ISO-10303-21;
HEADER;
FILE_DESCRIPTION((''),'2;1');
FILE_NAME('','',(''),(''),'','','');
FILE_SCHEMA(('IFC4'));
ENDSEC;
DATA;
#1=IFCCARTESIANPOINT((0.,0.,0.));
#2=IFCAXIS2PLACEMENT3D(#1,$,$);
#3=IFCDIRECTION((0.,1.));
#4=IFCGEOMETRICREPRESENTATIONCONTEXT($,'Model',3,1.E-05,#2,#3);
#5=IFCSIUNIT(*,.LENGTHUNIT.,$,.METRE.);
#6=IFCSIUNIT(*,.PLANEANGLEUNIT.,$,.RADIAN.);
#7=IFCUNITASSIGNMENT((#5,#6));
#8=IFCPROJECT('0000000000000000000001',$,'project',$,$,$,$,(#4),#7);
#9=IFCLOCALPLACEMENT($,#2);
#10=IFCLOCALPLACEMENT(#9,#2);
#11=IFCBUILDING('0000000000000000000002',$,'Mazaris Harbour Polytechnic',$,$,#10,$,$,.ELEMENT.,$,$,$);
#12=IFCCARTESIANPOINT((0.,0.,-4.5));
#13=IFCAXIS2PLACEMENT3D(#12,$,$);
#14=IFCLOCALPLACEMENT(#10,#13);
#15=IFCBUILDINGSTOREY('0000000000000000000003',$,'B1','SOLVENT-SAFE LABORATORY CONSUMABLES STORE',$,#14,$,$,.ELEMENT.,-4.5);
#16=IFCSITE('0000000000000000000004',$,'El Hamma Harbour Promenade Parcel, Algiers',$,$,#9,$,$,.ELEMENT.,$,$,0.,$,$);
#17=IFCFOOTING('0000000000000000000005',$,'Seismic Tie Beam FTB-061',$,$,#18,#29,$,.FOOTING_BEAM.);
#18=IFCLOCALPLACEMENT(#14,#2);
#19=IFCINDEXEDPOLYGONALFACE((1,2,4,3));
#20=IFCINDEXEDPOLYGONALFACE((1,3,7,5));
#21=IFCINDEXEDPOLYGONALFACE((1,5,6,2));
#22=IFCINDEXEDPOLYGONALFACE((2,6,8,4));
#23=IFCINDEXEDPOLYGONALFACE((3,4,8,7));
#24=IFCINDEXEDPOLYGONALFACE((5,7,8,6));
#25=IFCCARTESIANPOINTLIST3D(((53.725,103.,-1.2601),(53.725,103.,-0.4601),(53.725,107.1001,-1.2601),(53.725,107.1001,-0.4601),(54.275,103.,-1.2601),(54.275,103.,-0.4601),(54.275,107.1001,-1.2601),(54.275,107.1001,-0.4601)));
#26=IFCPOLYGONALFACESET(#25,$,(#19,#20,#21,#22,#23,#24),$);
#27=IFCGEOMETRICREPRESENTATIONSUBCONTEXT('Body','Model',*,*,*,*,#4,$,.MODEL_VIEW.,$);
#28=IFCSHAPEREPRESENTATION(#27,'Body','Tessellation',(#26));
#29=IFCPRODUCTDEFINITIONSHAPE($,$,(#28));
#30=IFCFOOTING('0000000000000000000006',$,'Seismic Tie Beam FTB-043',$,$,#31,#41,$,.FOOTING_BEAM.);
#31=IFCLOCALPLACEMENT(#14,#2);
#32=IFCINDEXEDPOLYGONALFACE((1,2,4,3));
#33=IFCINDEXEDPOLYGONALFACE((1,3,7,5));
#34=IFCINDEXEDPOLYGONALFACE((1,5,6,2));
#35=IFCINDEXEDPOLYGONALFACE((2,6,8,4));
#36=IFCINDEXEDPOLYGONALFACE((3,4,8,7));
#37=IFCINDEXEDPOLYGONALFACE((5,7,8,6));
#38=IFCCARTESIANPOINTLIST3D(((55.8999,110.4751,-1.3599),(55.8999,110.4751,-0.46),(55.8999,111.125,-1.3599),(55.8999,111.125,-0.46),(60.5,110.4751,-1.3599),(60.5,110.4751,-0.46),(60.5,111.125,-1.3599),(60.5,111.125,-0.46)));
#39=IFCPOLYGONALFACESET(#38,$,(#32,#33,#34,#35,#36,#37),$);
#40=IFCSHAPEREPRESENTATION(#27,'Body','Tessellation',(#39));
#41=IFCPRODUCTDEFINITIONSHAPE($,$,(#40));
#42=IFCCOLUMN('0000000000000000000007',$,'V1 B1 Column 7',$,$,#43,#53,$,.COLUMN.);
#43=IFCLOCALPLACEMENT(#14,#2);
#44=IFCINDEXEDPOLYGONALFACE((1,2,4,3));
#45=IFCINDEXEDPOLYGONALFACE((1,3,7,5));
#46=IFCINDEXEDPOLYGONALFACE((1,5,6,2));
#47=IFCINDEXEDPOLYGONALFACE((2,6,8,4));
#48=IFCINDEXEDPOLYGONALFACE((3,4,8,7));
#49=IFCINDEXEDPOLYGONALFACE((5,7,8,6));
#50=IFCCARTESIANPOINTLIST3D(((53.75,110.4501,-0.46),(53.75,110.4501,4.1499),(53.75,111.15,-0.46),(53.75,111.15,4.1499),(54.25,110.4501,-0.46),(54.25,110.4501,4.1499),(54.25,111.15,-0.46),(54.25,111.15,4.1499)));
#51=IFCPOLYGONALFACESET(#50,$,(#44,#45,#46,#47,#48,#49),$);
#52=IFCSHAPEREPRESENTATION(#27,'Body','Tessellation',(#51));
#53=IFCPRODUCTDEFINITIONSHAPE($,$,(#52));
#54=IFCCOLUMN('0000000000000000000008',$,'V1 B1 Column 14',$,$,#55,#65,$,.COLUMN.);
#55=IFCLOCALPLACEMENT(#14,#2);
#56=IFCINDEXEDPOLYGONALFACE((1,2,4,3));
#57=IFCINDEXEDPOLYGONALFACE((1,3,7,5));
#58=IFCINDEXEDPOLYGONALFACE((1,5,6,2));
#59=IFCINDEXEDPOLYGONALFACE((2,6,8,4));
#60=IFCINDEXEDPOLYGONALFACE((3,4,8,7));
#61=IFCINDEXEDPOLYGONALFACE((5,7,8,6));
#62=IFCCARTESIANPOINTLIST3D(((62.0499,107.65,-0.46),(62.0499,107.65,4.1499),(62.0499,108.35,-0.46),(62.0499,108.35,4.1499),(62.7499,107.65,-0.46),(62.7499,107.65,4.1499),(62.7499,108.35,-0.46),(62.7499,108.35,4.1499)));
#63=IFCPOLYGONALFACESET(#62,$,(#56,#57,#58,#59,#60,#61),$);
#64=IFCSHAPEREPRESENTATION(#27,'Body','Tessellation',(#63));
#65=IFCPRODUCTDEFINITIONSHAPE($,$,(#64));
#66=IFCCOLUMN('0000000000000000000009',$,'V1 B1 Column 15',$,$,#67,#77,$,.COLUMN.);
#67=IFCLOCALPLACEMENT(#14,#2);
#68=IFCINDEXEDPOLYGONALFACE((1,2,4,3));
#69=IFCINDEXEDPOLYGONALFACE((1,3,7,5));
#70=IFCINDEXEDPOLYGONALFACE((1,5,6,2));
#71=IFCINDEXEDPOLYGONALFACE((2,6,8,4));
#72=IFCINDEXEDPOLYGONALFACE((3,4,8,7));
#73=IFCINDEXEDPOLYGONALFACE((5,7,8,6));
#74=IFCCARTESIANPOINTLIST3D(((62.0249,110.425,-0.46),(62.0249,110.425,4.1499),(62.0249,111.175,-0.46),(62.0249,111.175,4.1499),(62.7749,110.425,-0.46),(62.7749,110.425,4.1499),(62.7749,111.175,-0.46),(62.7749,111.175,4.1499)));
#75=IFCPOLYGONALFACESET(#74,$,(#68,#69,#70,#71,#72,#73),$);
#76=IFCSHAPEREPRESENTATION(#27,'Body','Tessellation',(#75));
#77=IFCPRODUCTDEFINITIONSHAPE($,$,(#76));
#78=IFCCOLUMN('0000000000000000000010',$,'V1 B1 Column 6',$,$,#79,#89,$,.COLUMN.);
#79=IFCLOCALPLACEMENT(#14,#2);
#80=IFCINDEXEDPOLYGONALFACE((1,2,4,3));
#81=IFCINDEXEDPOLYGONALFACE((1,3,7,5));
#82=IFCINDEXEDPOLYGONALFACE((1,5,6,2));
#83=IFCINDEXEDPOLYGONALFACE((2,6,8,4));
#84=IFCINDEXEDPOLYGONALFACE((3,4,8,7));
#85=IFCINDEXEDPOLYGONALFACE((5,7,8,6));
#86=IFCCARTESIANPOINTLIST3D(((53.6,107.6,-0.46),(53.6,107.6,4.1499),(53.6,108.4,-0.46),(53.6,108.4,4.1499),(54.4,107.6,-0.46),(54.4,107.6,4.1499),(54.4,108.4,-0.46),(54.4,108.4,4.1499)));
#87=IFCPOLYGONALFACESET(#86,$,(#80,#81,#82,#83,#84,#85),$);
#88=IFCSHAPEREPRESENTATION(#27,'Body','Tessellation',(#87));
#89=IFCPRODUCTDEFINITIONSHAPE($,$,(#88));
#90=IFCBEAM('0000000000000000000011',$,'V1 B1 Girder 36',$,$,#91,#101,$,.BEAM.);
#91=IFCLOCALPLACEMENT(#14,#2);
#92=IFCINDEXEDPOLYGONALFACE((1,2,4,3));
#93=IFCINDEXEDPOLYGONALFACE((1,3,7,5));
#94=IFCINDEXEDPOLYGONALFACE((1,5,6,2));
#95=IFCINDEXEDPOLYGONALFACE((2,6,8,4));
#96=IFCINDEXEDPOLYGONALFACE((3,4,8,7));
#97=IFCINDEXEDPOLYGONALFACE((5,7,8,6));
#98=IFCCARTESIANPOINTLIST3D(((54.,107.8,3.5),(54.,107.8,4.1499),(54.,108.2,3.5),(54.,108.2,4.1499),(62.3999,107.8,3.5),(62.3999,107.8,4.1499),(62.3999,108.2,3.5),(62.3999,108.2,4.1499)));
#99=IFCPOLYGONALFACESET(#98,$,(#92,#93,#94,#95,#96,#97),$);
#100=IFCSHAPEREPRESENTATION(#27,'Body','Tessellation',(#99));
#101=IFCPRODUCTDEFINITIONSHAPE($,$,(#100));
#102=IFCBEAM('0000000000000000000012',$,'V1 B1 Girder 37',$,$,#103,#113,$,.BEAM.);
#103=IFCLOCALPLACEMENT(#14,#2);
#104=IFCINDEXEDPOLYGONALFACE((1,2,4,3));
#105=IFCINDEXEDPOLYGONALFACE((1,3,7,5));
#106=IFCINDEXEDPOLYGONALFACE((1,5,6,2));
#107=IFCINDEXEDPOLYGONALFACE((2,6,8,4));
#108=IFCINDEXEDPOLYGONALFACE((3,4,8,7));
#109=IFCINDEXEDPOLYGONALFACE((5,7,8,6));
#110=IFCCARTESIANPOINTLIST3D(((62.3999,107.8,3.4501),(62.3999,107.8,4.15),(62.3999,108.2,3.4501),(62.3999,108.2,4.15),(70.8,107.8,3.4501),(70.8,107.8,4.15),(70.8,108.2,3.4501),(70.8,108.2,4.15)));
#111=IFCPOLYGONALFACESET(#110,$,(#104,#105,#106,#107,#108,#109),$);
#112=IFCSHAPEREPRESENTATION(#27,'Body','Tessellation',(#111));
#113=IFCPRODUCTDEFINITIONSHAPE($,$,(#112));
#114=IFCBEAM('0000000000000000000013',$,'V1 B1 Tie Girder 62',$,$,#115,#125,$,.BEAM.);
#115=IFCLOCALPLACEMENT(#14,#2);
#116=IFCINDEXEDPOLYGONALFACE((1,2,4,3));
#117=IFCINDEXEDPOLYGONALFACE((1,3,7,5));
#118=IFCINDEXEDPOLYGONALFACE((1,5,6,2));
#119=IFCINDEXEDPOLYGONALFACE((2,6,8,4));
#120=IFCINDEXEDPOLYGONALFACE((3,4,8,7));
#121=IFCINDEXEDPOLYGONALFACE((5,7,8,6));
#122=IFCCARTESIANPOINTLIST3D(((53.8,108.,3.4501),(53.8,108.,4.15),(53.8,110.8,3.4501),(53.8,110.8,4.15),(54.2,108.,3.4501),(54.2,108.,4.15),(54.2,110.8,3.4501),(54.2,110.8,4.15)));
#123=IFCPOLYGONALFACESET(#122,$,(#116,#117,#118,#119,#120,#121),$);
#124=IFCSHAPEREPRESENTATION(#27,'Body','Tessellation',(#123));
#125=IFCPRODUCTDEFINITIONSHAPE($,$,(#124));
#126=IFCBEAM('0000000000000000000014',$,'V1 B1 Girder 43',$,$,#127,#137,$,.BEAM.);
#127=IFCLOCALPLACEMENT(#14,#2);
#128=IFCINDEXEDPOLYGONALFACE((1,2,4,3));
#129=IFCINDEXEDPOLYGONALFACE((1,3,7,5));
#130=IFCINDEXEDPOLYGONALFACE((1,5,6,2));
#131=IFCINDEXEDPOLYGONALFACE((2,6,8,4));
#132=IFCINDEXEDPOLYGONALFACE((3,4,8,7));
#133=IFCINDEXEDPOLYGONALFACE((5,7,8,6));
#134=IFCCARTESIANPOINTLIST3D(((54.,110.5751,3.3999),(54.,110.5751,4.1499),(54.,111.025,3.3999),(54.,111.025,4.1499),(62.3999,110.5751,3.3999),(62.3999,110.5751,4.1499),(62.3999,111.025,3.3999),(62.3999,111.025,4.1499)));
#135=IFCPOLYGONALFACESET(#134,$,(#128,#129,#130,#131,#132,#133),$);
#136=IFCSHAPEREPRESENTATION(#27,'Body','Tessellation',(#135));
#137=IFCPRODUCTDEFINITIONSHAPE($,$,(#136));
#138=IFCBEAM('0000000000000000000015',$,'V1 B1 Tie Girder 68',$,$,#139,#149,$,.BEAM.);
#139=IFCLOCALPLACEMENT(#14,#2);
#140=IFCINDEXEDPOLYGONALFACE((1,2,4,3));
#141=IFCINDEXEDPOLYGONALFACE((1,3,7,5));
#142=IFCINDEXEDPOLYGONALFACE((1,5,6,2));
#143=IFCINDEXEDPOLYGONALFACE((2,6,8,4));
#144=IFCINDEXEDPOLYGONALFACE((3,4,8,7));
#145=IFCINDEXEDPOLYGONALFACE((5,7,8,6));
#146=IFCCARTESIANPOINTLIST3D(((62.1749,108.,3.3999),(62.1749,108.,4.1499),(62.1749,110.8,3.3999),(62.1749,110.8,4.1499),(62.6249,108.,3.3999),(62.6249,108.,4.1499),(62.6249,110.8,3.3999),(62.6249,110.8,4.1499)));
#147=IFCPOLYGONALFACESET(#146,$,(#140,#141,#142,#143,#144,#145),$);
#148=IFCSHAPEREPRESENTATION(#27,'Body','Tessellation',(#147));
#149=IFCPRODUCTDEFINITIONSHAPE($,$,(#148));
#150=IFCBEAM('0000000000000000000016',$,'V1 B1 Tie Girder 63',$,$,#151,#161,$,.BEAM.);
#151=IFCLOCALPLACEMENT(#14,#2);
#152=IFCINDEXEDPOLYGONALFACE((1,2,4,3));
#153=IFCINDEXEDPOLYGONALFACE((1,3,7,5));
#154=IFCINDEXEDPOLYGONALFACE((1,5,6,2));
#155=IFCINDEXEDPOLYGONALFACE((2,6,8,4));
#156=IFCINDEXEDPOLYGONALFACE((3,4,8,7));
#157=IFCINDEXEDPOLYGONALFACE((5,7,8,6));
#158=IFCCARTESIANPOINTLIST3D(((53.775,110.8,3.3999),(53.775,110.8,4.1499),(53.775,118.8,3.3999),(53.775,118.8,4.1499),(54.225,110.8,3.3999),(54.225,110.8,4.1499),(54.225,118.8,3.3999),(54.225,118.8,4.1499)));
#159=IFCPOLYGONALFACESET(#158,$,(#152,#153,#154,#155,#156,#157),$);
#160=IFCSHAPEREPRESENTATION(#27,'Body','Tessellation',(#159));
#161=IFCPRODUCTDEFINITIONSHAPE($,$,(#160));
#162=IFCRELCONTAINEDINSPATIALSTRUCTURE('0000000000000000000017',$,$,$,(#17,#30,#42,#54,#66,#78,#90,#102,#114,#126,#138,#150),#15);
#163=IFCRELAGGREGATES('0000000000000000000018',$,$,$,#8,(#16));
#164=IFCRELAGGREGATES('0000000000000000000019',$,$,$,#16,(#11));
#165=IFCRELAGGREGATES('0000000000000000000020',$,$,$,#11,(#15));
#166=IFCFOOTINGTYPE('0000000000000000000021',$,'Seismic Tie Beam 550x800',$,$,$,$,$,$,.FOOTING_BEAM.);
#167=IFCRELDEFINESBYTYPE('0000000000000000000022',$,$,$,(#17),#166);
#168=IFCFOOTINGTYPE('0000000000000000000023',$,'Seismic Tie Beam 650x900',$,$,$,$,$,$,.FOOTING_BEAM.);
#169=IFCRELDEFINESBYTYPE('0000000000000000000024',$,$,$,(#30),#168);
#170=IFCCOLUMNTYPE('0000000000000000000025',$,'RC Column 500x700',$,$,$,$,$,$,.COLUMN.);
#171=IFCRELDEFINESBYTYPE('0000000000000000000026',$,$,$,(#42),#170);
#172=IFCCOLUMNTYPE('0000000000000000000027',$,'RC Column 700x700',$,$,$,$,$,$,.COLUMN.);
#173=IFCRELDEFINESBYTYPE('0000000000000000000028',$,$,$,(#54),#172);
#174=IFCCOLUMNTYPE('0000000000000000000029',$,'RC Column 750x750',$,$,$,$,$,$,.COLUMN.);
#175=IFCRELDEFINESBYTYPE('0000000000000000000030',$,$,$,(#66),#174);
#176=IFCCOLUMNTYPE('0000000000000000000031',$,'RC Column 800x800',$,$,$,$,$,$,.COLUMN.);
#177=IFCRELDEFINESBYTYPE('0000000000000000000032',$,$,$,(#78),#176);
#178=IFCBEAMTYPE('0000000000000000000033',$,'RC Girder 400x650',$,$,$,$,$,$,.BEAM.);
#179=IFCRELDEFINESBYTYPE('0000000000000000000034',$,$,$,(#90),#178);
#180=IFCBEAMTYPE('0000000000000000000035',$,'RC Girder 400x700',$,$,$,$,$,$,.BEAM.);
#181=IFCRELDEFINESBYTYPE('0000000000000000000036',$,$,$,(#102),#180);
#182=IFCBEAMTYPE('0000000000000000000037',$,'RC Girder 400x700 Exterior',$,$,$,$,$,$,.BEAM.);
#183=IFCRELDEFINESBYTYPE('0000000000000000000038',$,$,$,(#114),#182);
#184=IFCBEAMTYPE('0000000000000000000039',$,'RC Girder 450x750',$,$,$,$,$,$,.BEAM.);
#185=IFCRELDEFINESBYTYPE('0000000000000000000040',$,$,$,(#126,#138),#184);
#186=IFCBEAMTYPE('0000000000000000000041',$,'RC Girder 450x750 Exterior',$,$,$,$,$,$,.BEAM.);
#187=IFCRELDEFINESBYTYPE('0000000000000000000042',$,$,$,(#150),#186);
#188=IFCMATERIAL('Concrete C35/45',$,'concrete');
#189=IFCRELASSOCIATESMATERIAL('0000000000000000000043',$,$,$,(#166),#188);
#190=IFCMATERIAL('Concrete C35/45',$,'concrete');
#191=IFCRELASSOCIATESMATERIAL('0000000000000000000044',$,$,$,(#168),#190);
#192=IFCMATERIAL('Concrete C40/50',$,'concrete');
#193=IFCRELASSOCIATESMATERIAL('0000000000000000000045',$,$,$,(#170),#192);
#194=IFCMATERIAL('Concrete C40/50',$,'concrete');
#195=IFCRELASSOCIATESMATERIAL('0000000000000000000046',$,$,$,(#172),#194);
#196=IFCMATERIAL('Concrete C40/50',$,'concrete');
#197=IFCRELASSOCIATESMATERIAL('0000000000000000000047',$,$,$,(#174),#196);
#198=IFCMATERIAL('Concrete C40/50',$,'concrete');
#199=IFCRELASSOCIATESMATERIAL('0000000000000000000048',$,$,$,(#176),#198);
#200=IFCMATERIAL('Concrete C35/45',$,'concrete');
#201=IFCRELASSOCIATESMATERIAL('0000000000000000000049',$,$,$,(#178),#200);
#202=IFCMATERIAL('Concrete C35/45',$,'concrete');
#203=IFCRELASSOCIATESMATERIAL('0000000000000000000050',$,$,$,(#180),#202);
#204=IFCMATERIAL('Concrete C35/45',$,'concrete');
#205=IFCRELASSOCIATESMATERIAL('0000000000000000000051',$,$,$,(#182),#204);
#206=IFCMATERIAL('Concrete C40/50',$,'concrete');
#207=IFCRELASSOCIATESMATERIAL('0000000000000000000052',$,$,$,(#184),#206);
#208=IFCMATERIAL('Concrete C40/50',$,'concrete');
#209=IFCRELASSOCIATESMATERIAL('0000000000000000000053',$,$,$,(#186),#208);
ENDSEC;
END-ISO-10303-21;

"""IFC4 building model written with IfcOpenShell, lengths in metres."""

from ifc_helpers import new_model, si_unit, direction, frame, origin, origin_2d, place, context, subcontext, project, spatial, rectangle, extrude, material, material_profile, profile_set, type_object, element, save


model = new_model("IFC4")

# Units and contexts
model_context = context("Model", 3, precision=1e-05, world=origin(), true_north=direction((0.0, 1.0)))
body_context = subcontext(model_context, "Body", "Model", "MODEL_VIEW")
ifc_project = project(units=[si_unit("LENGTHUNIT", "METRE"), si_unit("PLANEANGLEUNIT", "RADIAN")], contexts=[model_context])

# Site, building, storey
site_placement = place(None, origin())
site = spatial("IfcSite", under=ifc_project, at=site_placement, Name="El Hamma Harbour Promenade Parcel, Algiers", CompositionType="ELEMENT", RefElevation=0.0)
building_placement = place(site_placement, origin())
building = spatial("IfcBuilding", under=site, at=building_placement, Name="Mazaris Harbour Polytechnic", CompositionType="ELEMENT")
storey_placement = place(building_placement, frame((0.0, 0.0, -4.5)))
storey = spatial("IfcBuildingStorey", under=building, at=storey_placement, Name="B1", Description="SOLVENT-SAFE LABORATORY CONSUMABLES STORE", CompositionType="ELEMENT", Elevation=-4.5)

# Footings
ifc_material_1 = material(Name="Concrete C35/45", Category="concrete")
ifc_material_profile_1 = material_profile(ifc_material_1, rectangle(XDim=0.55, YDim=0.8, at=origin_2d()), Name="RECT550x800")
ifc_profile_set_1 = profile_set([ifc_material_profile_1], Name="Concrete C35/45")
footing_type_1 = type_object("IfcFootingType", Name="Seismic Tie Beam 550x800", PredefinedType="FOOTING_BEAM", material=ifc_profile_set_1)
footing_1_placement = place(storey_placement, frame((54.0, 103.0, -0.8601), z_axis=(0.0, 1.0, 0.0), x_axis=(-1.0, 0.0, 0.0)))
element("IfcFooting", 1, at=footing_1_placement, inside=storey, type_object=footing_type_1, Name="Seismic Tie Beam FTB-061", PredefinedType="FOOTING_BEAM", context=body_context, shape_type="SweptSolid", body=[
    extrude(rectangle(XDim=0.55, YDim=0.8, at=origin_2d()), origin(), (0.0, 0.0, 1.0), 4.1001),
])
ifc_material_2 = material(Name="Concrete C35/45", Category="concrete")
ifc_material_profile_2 = material_profile(ifc_material_2, rectangle(XDim=0.6499, YDim=0.8999, at=origin_2d()), Name="RECT650x900")
ifc_profile_set_2 = profile_set([ifc_material_profile_2], Name="Concrete C35/45")
footing_type_2 = type_object("IfcFootingType", Name="Seismic Tie Beam 650x900", PredefinedType="FOOTING_BEAM", material=ifc_profile_set_2)
footing_2_placement = place(storey_placement, frame((55.8999, 110.8, -0.9099), z_axis=(1.0, 0.0, 0.0), x_axis=(0.0, 1.0, 0.0)))
element("IfcFooting", 2, at=footing_2_placement, inside=storey, type_object=footing_type_2, Name="Seismic Tie Beam FTB-043", PredefinedType="FOOTING_BEAM", context=body_context, shape_type="SweptSolid", body=[
    extrude(rectangle(XDim=0.6499, YDim=0.8999, at=origin_2d()), origin(), (0.0, 0.0, 1.0), 4.6001),
])

# Columns
ifc_material_3 = material(Name="Concrete C40/50", Category="concrete")
ifc_material_profile_3 = material_profile(ifc_material_3, rectangle(XDim=0.5, YDim=0.7, at=origin_2d()), Name="RECT500x700")
ifc_profile_set_3 = profile_set([ifc_material_profile_3], Name="Concrete C40/50")
column_type_1 = type_object("IfcColumnType", Name="RC Column 500x700", PredefinedType="COLUMN", material=ifc_profile_set_3)
column_1_placement = place(storey_placement, frame((54.0, 110.8, -0.46), z_axis=(0.0, 0.0, 1.0), x_axis=(1.0, 0.0, 0.0)))
element("IfcColumn", 3, at=column_1_placement, inside=storey, type_object=column_type_1, Name="V1 B1 Column 7", PredefinedType="COLUMN", context=body_context, shape_type="SweptSolid", body=[
    extrude(rectangle(XDim=0.5, YDim=0.7, at=origin_2d()), origin(), (0.0, 0.0, 1.0), 4.6099),
])
ifc_material_4 = material(Name="Concrete C40/50", Category="concrete")
ifc_material_profile_4 = material_profile(ifc_material_4, rectangle(XDim=0.7, YDim=0.7, at=origin_2d()), Name="RECT700x700")
ifc_profile_set_4 = profile_set([ifc_material_profile_4], Name="Concrete C40/50")
column_type_2 = type_object("IfcColumnType", Name="RC Column 700x700", PredefinedType="COLUMN", material=ifc_profile_set_4)
column_2_placement = place(storey_placement, frame((62.3999, 108.0, -0.46), z_axis=(0.0, 0.0, 1.0), x_axis=(1.0, 0.0, 0.0)))
element("IfcColumn", 4, at=column_2_placement, inside=storey, type_object=column_type_2, Name="V1 B1 Column 14", PredefinedType="COLUMN", context=body_context, shape_type="SweptSolid", body=[
    extrude(rectangle(XDim=0.7, YDim=0.7, at=origin_2d()), origin(), (0.0, 0.0, 1.0), 4.6099),
])
ifc_material_5 = material(Name="Concrete C40/50", Category="concrete")
ifc_material_profile_5 = material_profile(ifc_material_5, rectangle(XDim=0.75, YDim=0.75, at=origin_2d()), Name="RECT750x750")
ifc_profile_set_5 = profile_set([ifc_material_profile_5], Name="Concrete C40/50")
column_type_3 = type_object("IfcColumnType", Name="RC Column 750x750", PredefinedType="COLUMN", material=ifc_profile_set_5)
column_3_placement = place(storey_placement, frame((62.3999, 110.8, -0.46), z_axis=(0.0, 0.0, 1.0), x_axis=(1.0, 0.0, 0.0)))
element("IfcColumn", 5, at=column_3_placement, inside=storey, type_object=column_type_3, Name="V1 B1 Column 15", PredefinedType="COLUMN", context=body_context, shape_type="SweptSolid", body=[
    extrude(rectangle(XDim=0.75, YDim=0.75, at=origin_2d()), origin(), (0.0, 0.0, 1.0), 4.6099),
])
ifc_material_6 = material(Name="Concrete C40/50", Category="concrete")
ifc_material_profile_6 = material_profile(ifc_material_6, rectangle(XDim=0.8, YDim=0.8, at=origin_2d()), Name="RECT800x800")
ifc_profile_set_6 = profile_set([ifc_material_profile_6], Name="Concrete C40/50")
column_type_4 = type_object("IfcColumnType", Name="RC Column 800x800", PredefinedType="COLUMN", material=ifc_profile_set_6)
column_4_placement = place(storey_placement, frame((54.0, 108.0, -0.46), z_axis=(0.0, 0.0, 1.0), x_axis=(1.0, 0.0, 0.0)))
element("IfcColumn", 6, at=column_4_placement, inside=storey, type_object=column_type_4, Name="V1 B1 Column 6", PredefinedType="COLUMN", context=body_context, shape_type="SweptSolid", body=[
    extrude(rectangle(XDim=0.8, YDim=0.8, at=origin_2d()), origin(), (0.0, 0.0, 1.0), 4.6099),
])

# Beams
ifc_material_7 = material(Name="Concrete C35/45", Category="concrete")
ifc_material_profile_7 = material_profile(ifc_material_7, rectangle(XDim=0.3999, YDim=0.6499, at=origin_2d()), Name="RECT400x650")
ifc_profile_set_7 = profile_set([ifc_material_profile_7], Name="Concrete C35/45")
beam_type_1 = type_object("IfcBeamType", Name="RC Girder 400x650", PredefinedType="BEAM", material=ifc_profile_set_7)
beam_1_placement = place(storey_placement, frame((54.0, 108.0, 3.825), z_axis=(1.0, 0.0, 0.0), x_axis=(0.0, 1.0, 0.0)))
element("IfcBeam", 7, at=beam_1_placement, inside=storey, type_object=beam_type_1, Name="V1 B1 Girder 36", PredefinedType="BEAM", context=body_context, shape_type="SweptSolid", body=[
    extrude(rectangle(XDim=0.3999, YDim=0.6499, at=origin_2d()), origin(), (0.0, 0.0, 1.0), 8.3999),
])
ifc_material_8 = material(Name="Concrete C35/45", Category="concrete")
ifc_material_profile_8 = material_profile(ifc_material_8, rectangle(XDim=0.3999, YDim=0.7, at=origin_2d()), Name="RECT400x700")
ifc_profile_set_8 = profile_set([ifc_material_profile_8], Name="Concrete C35/45")
beam_type_2 = type_object("IfcBeamType", Name="RC Girder 400x700", PredefinedType="BEAM", material=ifc_profile_set_8)
beam_2_placement = place(storey_placement, frame((62.3999, 108.0, 3.8), z_axis=(1.0, 0.0, 0.0), x_axis=(0.0, 1.0, 0.0)))
element("IfcBeam", 8, at=beam_2_placement, inside=storey, type_object=beam_type_2, Name="V1 B1 Girder 37", PredefinedType="BEAM", context=body_context, shape_type="SweptSolid", body=[
    extrude(rectangle(XDim=0.3999, YDim=0.7, at=origin_2d()), origin(), (0.0, 0.0, 1.0), 8.4001),
])
ifc_material_9 = material(Name="Concrete C35/45", Category="concrete")
ifc_material_profile_9 = material_profile(ifc_material_9, rectangle(XDim=0.3999, YDim=0.7, at=origin_2d()), Name="RECT400x700")
ifc_profile_set_9 = profile_set([ifc_material_profile_9], Name="Concrete C35/45")
beam_type_3 = type_object("IfcBeamType", Name="RC Girder 400x700 Exterior", PredefinedType="BEAM", material=ifc_profile_set_9)
beam_3_placement = place(storey_placement, frame((54.0, 108.0, 3.8), z_axis=(0.0, 1.0, 0.0), x_axis=(-1.0, 0.0, 0.0)))
element("IfcBeam", 9, at=beam_3_placement, inside=storey, type_object=beam_type_3, Name="V1 B1 Tie Girder 62", PredefinedType="BEAM", context=body_context, shape_type="SweptSolid", body=[
    extrude(rectangle(XDim=0.3999, YDim=0.7, at=origin_2d()), origin(), (0.0, 0.0, 1.0), 2.8),
])
ifc_material_10 = material(Name="Concrete C40/50", Category="concrete")
ifc_material_profile_10 = material_profile(ifc_material_10, rectangle(XDim=0.45, YDim=0.75, at=origin_2d()), Name="RECT450x750")
ifc_profile_set_10 = profile_set([ifc_material_profile_10], Name="Concrete C40/50")
beam_type_4 = type_object("IfcBeamType", Name="RC Girder 450x750", PredefinedType="BEAM", material=ifc_profile_set_10)
beam_4_placement = place(storey_placement, frame((54.0, 110.8, 3.7749), z_axis=(1.0, 0.0, 0.0), x_axis=(0.0, 1.0, 0.0)))
element("IfcBeam", 10, at=beam_4_placement, inside=storey, type_object=beam_type_4, Name="V1 B1 Girder 43", PredefinedType="BEAM", context=body_context, shape_type="SweptSolid", body=[
    extrude(rectangle(XDim=0.45, YDim=0.75, at=origin_2d()), origin(), (0.0, 0.0, 1.0), 8.3999),
])
beam_5_placement = place(storey_placement, frame((62.3999, 108.0, 3.7749), z_axis=(0.0, 1.0, 0.0), x_axis=(-1.0, 0.0, 0.0)))
element("IfcBeam", 11, at=beam_5_placement, inside=storey, type_object=beam_type_4, Name="V1 B1 Tie Girder 68", PredefinedType="BEAM", context=body_context, shape_type="SweptSolid", body=[
    extrude(rectangle(XDim=0.45, YDim=0.75, at=origin_2d()), origin(), (0.0, 0.0, 1.0), 2.8),
])
ifc_material_11 = material(Name="Concrete C40/50", Category="concrete")
ifc_material_profile_11 = material_profile(ifc_material_11, rectangle(XDim=0.45, YDim=0.75, at=origin_2d()), Name="RECT450x750")
ifc_profile_set_11 = profile_set([ifc_material_profile_11], Name="Concrete C40/50")
beam_type_5 = type_object("IfcBeamType", Name="RC Girder 450x750 Exterior", PredefinedType="BEAM", material=ifc_profile_set_11)
beam_6_placement = place(storey_placement, frame((54.0, 110.8, 3.7749), z_axis=(0.0, 1.0, 0.0), x_axis=(-1.0, 0.0, 0.0)))
element("IfcBeam", 12, at=beam_6_placement, inside=storey, type_object=beam_type_5, Name="V1 B1 Tie Girder 63", PredefinedType="BEAM", context=body_context, shape_type="SweptSolid", body=[
    extrude(rectangle(XDim=0.45, YDim=0.75, at=origin_2d()), origin(), (0.0, 0.0, 1.0), 8.0),
])

save(model, "model.ifc")
